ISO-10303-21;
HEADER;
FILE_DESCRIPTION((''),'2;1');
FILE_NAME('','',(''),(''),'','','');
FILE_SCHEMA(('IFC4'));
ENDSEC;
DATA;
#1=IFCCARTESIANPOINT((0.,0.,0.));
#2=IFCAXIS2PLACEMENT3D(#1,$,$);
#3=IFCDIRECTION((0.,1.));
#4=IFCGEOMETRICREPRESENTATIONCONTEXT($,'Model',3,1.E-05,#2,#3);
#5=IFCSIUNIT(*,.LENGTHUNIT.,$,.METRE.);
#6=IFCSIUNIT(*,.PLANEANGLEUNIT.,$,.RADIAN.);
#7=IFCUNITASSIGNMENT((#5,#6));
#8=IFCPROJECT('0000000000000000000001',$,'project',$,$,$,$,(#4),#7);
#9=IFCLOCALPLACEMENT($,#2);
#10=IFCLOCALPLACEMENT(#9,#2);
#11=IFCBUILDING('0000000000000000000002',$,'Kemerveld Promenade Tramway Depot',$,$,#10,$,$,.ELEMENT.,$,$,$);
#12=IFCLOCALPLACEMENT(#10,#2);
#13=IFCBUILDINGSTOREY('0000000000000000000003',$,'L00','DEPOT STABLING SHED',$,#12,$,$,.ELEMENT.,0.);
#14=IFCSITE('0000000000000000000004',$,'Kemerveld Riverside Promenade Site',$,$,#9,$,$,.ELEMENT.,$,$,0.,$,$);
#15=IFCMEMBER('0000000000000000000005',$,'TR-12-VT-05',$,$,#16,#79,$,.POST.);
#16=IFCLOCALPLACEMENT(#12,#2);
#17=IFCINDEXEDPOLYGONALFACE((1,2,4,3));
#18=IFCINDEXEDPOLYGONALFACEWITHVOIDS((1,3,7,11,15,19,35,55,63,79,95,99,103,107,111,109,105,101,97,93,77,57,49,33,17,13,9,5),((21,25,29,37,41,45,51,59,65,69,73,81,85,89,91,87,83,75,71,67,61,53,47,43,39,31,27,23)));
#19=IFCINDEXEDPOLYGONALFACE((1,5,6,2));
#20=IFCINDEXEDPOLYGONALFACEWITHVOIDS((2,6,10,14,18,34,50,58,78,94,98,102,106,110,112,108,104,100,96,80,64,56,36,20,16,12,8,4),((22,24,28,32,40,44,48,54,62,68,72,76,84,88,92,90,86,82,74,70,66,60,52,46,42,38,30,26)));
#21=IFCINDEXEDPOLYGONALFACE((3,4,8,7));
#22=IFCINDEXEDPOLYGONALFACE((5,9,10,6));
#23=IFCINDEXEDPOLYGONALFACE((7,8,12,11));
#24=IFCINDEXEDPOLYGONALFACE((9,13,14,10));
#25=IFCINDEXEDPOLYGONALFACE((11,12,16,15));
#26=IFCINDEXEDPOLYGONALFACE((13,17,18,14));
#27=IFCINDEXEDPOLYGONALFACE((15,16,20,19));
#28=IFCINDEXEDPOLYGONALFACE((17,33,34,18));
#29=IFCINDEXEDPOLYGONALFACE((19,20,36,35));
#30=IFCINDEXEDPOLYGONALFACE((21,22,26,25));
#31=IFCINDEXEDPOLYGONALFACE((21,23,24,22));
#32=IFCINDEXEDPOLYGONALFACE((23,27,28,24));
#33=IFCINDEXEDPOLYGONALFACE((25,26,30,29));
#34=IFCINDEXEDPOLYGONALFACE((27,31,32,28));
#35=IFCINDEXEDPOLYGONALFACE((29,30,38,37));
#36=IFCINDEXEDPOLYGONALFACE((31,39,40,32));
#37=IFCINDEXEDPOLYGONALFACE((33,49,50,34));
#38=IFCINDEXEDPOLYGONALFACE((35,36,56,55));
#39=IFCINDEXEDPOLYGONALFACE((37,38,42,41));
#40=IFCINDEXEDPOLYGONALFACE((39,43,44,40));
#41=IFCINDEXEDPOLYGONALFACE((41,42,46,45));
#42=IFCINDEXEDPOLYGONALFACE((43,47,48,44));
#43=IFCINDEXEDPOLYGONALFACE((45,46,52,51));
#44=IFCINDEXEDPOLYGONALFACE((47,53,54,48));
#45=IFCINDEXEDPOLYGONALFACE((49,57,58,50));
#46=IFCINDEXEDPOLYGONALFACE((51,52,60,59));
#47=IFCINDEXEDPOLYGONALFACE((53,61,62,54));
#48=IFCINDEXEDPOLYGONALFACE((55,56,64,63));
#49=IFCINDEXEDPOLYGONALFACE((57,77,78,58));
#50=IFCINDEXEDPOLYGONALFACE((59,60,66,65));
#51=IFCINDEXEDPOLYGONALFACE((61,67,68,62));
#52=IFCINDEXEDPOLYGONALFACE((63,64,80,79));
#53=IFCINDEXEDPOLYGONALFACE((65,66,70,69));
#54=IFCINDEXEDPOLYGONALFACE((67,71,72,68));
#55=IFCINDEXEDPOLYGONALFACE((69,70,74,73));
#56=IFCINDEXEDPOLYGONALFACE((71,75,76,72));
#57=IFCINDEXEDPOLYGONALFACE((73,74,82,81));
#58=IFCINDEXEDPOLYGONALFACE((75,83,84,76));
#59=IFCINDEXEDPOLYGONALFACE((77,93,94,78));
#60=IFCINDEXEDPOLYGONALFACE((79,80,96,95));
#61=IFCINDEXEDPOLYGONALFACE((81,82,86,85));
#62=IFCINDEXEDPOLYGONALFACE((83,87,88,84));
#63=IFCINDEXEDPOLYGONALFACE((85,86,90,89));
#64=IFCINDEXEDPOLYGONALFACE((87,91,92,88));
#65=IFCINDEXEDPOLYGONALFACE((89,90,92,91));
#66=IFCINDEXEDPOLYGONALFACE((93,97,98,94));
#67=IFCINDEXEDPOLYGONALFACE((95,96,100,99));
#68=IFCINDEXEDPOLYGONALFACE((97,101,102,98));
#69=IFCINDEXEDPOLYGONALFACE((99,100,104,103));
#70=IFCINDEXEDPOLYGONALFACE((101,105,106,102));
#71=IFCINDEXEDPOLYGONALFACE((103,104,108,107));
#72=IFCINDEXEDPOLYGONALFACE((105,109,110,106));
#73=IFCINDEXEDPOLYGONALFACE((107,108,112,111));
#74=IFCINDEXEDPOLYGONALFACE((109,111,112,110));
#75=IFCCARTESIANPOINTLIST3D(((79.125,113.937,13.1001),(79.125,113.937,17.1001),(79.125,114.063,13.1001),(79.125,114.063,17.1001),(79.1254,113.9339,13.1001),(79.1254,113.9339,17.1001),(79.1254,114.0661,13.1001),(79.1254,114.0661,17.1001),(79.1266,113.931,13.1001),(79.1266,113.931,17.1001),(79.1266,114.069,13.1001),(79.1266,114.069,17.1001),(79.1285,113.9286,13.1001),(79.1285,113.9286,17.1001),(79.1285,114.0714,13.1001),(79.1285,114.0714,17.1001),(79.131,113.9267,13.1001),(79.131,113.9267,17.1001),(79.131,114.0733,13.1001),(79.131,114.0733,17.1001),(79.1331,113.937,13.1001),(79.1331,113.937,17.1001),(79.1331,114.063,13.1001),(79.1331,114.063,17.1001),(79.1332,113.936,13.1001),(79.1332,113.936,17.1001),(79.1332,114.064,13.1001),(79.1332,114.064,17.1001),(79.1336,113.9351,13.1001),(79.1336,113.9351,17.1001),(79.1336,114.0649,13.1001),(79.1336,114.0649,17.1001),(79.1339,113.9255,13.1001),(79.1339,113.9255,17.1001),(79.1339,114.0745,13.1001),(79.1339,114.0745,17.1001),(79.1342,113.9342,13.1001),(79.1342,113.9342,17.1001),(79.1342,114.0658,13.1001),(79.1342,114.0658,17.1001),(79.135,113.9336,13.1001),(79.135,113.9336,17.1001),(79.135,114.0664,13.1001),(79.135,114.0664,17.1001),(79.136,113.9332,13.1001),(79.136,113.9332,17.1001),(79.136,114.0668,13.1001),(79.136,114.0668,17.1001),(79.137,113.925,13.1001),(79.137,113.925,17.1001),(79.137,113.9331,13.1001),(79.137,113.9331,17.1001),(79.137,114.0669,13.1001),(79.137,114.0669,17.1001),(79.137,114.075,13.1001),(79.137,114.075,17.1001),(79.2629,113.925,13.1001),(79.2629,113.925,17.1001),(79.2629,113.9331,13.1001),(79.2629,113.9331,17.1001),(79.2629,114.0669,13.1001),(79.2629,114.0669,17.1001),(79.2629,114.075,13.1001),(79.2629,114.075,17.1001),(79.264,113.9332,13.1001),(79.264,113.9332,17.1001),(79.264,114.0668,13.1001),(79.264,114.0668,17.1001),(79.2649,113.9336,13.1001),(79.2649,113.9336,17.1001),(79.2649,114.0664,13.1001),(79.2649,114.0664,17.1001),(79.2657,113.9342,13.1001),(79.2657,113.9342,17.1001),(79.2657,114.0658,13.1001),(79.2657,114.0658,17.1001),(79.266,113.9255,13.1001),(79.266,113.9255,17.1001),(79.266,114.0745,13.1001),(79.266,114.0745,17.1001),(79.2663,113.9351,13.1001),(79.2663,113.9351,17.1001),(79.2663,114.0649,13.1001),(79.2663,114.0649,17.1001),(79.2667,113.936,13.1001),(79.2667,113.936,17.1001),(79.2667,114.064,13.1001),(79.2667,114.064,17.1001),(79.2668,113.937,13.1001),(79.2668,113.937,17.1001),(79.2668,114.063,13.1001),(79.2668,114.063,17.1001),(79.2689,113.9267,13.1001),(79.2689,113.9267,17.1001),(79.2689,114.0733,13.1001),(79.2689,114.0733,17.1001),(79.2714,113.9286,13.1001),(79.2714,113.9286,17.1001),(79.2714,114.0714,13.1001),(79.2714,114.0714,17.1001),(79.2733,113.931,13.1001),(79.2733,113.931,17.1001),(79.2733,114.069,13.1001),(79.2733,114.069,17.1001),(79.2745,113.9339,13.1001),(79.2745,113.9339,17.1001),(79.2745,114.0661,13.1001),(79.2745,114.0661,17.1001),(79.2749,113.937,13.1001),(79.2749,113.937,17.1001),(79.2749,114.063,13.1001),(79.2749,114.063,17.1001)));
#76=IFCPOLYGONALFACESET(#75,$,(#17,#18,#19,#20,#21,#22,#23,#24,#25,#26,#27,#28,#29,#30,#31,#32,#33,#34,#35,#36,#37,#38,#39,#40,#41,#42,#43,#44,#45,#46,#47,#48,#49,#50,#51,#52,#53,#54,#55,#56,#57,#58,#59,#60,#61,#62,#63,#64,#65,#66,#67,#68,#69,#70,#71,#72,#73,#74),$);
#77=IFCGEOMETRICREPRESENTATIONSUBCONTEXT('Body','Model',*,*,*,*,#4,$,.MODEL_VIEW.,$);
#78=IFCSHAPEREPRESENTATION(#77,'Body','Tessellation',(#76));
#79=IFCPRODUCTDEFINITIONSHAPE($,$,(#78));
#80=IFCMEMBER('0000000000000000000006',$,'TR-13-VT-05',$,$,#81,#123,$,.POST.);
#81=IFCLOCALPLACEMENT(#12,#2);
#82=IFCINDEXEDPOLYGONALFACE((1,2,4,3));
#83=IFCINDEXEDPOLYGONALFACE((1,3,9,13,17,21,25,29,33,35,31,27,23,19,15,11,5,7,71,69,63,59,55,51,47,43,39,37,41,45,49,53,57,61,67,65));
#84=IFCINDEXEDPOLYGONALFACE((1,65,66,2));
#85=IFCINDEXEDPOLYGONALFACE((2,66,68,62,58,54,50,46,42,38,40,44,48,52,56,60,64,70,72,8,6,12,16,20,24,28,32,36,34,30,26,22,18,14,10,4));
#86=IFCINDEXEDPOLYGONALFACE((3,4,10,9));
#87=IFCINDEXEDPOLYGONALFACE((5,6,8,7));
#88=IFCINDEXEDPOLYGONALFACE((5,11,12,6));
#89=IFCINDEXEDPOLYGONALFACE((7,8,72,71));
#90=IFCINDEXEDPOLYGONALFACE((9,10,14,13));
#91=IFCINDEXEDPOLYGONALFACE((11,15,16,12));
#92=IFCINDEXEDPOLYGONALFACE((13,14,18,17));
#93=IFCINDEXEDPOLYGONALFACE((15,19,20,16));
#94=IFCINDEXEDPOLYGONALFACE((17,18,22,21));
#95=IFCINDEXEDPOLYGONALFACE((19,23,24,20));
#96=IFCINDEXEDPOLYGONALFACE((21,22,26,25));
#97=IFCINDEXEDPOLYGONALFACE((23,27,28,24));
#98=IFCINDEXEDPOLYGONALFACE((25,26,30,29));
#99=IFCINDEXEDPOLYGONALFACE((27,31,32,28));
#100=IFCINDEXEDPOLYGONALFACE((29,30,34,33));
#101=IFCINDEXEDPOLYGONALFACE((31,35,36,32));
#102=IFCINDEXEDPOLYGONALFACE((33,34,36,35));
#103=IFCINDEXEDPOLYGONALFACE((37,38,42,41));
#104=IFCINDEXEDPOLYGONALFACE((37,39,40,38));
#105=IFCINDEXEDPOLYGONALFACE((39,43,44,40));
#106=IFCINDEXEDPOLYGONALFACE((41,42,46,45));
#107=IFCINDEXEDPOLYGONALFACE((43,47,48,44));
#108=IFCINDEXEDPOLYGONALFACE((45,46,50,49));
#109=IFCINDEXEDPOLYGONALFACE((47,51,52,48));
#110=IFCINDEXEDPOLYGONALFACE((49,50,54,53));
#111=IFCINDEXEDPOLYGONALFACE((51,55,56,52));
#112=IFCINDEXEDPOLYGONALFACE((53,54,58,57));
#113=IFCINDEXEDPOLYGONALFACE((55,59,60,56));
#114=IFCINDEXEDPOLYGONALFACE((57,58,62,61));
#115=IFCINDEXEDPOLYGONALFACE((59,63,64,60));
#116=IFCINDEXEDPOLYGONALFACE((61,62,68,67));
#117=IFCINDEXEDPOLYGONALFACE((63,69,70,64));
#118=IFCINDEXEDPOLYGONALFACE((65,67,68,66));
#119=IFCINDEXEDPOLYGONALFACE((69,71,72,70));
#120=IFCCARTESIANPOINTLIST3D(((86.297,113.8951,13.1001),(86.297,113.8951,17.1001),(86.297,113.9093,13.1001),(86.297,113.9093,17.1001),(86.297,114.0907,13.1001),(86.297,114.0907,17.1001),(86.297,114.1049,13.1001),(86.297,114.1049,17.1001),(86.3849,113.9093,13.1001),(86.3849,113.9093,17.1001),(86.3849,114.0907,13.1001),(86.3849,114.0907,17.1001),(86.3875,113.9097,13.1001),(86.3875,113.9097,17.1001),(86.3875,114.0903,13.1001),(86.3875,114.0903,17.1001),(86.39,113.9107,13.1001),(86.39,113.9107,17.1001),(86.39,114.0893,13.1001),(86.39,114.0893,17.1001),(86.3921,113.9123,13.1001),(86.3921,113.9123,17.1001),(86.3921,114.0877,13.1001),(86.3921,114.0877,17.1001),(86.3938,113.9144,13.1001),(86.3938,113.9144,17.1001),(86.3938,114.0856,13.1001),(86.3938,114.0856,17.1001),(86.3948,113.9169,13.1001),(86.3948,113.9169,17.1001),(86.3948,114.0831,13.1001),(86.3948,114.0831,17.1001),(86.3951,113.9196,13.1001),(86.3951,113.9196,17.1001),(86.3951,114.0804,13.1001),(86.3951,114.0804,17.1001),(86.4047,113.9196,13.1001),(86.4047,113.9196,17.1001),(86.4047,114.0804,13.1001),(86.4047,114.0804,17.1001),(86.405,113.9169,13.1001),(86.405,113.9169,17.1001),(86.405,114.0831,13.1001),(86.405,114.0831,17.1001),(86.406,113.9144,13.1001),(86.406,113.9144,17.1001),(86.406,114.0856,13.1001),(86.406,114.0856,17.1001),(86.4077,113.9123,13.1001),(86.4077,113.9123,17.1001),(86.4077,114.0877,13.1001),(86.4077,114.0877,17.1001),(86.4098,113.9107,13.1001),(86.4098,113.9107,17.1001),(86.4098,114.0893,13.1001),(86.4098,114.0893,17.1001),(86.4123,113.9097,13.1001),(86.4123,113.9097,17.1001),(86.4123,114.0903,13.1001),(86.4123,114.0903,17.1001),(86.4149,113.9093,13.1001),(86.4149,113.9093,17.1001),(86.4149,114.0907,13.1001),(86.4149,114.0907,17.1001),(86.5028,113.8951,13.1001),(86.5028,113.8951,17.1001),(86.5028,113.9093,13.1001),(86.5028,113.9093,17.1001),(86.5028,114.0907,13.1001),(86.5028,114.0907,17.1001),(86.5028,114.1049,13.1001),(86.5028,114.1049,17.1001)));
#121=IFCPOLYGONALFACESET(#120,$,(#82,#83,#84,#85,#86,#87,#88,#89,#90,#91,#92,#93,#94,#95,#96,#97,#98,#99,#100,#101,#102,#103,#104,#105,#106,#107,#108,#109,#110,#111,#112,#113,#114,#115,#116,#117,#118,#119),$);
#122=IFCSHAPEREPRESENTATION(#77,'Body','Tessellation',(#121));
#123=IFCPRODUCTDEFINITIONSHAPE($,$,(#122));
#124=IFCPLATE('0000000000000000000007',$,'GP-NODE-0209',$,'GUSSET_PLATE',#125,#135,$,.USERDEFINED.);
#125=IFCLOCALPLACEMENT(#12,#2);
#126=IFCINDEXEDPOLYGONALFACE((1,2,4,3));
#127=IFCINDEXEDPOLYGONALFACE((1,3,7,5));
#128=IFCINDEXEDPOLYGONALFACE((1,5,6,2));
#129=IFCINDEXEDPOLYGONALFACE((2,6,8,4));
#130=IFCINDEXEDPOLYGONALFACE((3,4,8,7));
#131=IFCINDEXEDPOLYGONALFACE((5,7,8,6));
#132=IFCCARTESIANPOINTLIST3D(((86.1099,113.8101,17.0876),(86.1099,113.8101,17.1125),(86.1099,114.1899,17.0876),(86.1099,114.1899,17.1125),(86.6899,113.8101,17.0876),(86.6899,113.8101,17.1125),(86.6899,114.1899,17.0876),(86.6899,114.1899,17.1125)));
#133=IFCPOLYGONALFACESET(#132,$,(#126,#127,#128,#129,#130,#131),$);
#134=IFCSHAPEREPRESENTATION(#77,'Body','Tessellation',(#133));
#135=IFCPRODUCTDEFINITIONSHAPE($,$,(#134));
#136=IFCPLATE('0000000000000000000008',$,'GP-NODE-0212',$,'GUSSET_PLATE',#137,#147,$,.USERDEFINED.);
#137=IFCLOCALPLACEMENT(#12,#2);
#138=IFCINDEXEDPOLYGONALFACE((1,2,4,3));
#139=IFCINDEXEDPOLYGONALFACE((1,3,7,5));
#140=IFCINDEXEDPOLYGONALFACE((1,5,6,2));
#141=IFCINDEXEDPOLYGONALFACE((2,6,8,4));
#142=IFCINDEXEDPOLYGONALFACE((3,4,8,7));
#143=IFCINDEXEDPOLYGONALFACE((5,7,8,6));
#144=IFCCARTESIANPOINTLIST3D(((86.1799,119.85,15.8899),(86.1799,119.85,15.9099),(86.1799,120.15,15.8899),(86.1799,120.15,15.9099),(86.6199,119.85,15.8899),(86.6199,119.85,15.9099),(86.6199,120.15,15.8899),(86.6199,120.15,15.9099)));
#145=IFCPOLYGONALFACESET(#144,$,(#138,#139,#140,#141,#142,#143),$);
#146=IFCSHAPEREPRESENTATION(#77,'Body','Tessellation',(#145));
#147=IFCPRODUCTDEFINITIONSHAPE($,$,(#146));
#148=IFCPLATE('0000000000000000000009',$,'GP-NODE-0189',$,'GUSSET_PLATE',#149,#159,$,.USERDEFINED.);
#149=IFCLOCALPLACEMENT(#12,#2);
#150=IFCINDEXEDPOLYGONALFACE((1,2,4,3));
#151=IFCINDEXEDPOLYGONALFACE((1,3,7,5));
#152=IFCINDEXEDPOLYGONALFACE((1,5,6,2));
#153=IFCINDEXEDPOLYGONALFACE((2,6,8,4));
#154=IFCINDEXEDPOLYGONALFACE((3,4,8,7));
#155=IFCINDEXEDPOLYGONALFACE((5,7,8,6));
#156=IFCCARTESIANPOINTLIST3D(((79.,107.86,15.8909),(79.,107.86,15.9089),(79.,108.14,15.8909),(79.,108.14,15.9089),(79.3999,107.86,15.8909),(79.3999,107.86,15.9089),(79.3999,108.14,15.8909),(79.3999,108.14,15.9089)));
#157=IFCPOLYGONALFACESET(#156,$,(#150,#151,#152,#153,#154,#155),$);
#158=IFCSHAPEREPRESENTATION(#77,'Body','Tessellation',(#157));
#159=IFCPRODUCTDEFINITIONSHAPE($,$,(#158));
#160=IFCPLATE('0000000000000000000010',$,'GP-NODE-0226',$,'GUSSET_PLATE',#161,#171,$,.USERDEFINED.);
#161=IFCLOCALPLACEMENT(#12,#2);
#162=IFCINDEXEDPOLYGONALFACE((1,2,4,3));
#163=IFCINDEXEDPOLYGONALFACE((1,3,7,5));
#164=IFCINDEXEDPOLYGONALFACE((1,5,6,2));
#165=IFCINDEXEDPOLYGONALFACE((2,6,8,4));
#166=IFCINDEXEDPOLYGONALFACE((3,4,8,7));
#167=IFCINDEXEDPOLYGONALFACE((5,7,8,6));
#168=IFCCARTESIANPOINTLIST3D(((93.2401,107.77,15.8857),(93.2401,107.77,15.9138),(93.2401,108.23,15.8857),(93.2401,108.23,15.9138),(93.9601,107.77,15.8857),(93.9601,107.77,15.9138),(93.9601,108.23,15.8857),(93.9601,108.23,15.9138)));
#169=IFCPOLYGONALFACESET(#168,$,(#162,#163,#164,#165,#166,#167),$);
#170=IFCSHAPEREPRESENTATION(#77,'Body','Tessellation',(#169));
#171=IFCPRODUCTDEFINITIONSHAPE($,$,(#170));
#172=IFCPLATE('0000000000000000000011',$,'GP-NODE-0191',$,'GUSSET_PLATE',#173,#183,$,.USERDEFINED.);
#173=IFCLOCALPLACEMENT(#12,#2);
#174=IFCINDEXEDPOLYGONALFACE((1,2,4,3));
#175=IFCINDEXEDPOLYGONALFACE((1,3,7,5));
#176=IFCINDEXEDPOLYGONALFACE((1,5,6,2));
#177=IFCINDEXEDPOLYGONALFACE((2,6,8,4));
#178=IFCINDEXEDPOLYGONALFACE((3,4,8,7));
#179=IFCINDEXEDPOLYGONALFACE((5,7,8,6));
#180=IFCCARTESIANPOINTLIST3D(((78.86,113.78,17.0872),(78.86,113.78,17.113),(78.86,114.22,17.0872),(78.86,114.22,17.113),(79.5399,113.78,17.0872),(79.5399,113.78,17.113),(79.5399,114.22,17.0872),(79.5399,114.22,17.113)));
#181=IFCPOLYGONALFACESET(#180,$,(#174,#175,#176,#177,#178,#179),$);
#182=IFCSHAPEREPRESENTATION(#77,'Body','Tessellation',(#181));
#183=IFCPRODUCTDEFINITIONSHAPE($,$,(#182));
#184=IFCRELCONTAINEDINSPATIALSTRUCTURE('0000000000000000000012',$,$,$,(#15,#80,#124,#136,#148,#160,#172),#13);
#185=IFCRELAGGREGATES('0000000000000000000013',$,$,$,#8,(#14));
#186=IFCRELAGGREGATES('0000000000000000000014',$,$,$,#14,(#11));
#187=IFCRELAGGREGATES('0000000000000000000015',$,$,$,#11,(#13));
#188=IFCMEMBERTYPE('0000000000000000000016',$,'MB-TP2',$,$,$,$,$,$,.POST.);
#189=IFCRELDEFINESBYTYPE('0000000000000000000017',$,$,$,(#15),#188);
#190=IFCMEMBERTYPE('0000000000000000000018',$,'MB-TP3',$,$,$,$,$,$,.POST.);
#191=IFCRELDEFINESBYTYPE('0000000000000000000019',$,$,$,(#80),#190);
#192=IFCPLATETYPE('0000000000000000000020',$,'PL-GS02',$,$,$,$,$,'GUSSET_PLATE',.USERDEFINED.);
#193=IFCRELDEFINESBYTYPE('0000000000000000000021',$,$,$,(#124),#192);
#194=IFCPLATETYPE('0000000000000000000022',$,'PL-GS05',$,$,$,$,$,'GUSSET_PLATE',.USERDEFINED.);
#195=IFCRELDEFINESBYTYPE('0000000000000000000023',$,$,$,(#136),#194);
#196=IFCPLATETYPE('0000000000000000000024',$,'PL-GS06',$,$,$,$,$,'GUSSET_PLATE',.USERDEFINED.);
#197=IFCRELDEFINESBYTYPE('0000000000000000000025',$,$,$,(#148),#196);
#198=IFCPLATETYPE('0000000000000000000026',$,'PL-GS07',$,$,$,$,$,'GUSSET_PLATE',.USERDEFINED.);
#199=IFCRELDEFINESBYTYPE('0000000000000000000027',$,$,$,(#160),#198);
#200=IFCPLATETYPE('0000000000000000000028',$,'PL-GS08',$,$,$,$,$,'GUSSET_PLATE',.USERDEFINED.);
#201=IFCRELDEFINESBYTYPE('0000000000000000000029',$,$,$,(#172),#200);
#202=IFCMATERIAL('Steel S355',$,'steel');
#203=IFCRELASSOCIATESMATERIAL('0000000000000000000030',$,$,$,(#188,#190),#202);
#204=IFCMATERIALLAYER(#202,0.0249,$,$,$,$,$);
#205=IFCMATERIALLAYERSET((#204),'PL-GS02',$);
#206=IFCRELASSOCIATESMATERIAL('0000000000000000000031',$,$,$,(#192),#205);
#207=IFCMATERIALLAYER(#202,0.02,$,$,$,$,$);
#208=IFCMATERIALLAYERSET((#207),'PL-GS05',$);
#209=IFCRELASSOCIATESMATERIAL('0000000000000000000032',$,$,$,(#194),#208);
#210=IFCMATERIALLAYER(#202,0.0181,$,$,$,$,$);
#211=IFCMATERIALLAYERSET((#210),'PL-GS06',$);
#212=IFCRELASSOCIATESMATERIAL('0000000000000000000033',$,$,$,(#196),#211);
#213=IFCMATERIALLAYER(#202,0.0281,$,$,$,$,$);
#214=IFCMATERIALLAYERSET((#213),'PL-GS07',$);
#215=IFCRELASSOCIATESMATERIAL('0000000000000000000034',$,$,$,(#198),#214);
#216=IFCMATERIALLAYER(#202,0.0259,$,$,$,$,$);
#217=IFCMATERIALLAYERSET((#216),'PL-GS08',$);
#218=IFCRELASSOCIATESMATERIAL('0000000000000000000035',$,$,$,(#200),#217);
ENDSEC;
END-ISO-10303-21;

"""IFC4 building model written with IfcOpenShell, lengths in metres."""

from ifc_helpers import new_model, si_unit, direction, frame, origin, origin_2d, place, context, subcontext, project, spatial, rectangle, hollow_rectangle, i_section, extrude, material, layer, layer_set, material_profile, profile_set, type_object, element, save


model = new_model("IFC4")

# Units and contexts
model_context = context("Model", 3, precision=1e-05, world=origin(), true_north=direction((0.0, 1.0)))
body_context = subcontext(model_context, "Body", "Model", "MODEL_VIEW")
ifc_project = project(units=[si_unit("LENGTHUNIT", "METRE"), si_unit("PLANEANGLEUNIT", "RADIAN")], contexts=[model_context])

# Site, building, storey
site_placement = place(None, origin())
site = spatial("IfcSite", under=ifc_project, at=site_placement, Name="Kemerveld Riverside Promenade Site", CompositionType="ELEMENT", RefElevation=0.0)
building_placement = place(site_placement, origin())
building = spatial("IfcBuilding", under=site, at=building_placement, Name="Kemerveld Promenade Tramway Depot", CompositionType="ELEMENT")
storey_placement = place(building_placement, origin())
storey = spatial("IfcBuildingStorey", under=building, at=storey_placement, Name="L00", Description="DEPOT STABLING SHED", CompositionType="ELEMENT", Elevation=0.0)

# Members
ifc_material_1 = material(Name="Steel S355", Category="steel")
ifc_material_profile_1 = material_profile(ifc_material_1, hollow_rectangle(XDim=0.1499, YDim=0.1499, WallThickness=0.0081, InnerFilletRadius=0.0039, OuterFilletRadius=0.012, at=origin_2d()), Name="150x150x8.0 SHS")
ifc_profile_set_1 = profile_set([ifc_material_profile_1], Name="Steel S355")
member_type_1 = type_object("IfcMemberType", Name="MB-TP2", PredefinedType="POST", material=ifc_profile_set_1)
member_1_placement = place(storey_placement, frame((79.2, 114.0, 13.1001), z_axis=(0.0, 0.0, 1.0), x_axis=(1.0, 0.0, 0.0)))
element("IfcMember", 1, at=member_1_placement, inside=storey, type_object=member_type_1, Name="TR-12-VT-05", PredefinedType="POST", context=body_context, shape_type="SweptSolid", body=[
    extrude(hollow_rectangle(XDim=0.1499, YDim=0.1499, WallThickness=0.0081, InnerFilletRadius=0.0039, OuterFilletRadius=0.012, at=origin_2d()), origin(), (0.0, 0.0, 1.0), 4.0),
])
ifc_material_profile_2 = material_profile(ifc_material_1, i_section(OverallWidth=0.2058, OverallDepth=0.2097, WebThickness=0.0095, FlangeThickness=0.0142, FilletRadius=0.0103, at=origin_2d()), Name="203x203x60 UC")
ifc_profile_set_2 = profile_set([ifc_material_profile_2], Name="Steel S355")
member_type_2 = type_object("IfcMemberType", Name="MB-TP3", PredefinedType="POST", material=ifc_profile_set_2)
member_2_placement = place(storey_placement, frame((86.3999, 114.0, 13.1001), z_axis=(0.0, 0.0, 1.0), x_axis=(1.0, 0.0, 0.0)))
element("IfcMember", 2, at=member_2_placement, inside=storey, type_object=member_type_2, Name="TR-13-VT-05", PredefinedType="POST", context=body_context, shape_type="SweptSolid", body=[
    extrude(i_section(OverallWidth=0.2058, OverallDepth=0.2097, WebThickness=0.0095, FlangeThickness=0.0142, FilletRadius=0.0103, at=origin_2d()), origin(), (0.0, 0.0, 1.0), 4.0),
])

# Plates
ifc_layer_1 = layer(ifc_material_1, 0.0249)
ifc_layer_set_1 = layer_set([ifc_layer_1], Name="PL-GS02")
plate_type_1 = type_object("IfcPlateType", Name="PL-GS02", ElementType="GUSSET_PLATE", PredefinedType="USERDEFINED", material=ifc_layer_set_1)
plate_1_placement = place(storey_placement, frame((86.3999, 114.0, 17.0876), z_axis=(0.0, 0.0, 1.0), x_axis=(1.0, 0.0, 0.0)))
element("IfcPlate", 3, at=plate_1_placement, inside=storey, type_object=plate_type_1, Name="GP-NODE-0209", ObjectType="GUSSET_PLATE", PredefinedType="USERDEFINED", context=body_context, shape_type="SweptSolid", body=[
    extrude(rectangle(XDim=0.5801, YDim=0.3799, at=origin_2d()), origin(), (0.0, 0.0, 1.0), 0.0249),
])
ifc_layer_2 = layer(ifc_material_1, 0.02)
ifc_layer_set_2 = layer_set([ifc_layer_2], Name="PL-GS05")
plate_type_2 = type_object("IfcPlateType", Name="PL-GS05", ElementType="GUSSET_PLATE", PredefinedType="USERDEFINED", material=ifc_layer_set_2)
plate_2_placement = place(storey_placement, frame((86.3999, 120.0, 15.8899), z_axis=(0.0, 0.0, 1.0), x_axis=(1.0, 0.0, 0.0)))
element("IfcPlate", 4, at=plate_2_placement, inside=storey, type_object=plate_type_2, Name="GP-NODE-0212", ObjectType="GUSSET_PLATE", PredefinedType="USERDEFINED", context=body_context, shape_type="SweptSolid", body=[
    extrude(rectangle(XDim=0.4399, YDim=0.3, at=origin_2d()), origin(), (0.0, 0.0, 1.0), 0.02),
])
ifc_layer_3 = layer(ifc_material_1, 0.0181)
ifc_layer_set_3 = layer_set([ifc_layer_3], Name="PL-GS06")
plate_type_3 = type_object("IfcPlateType", Name="PL-GS06", ElementType="GUSSET_PLATE", PredefinedType="USERDEFINED", material=ifc_layer_set_3)
plate_3_placement = place(storey_placement, frame((79.2, 108.0, 15.8909), z_axis=(0.0, 0.0, 1.0), x_axis=(1.0, 0.0, 0.0)))
element("IfcPlate", 5, at=plate_3_placement, inside=storey, type_object=plate_type_3, Name="GP-NODE-0189", ObjectType="GUSSET_PLATE", PredefinedType="USERDEFINED", context=body_context, shape_type="SweptSolid", body=[
    extrude(rectangle(XDim=0.3999, YDim=0.28, at=origin_2d()), origin(), (0.0, 0.0, 1.0), 0.0181),
])
ifc_layer_4 = layer(ifc_material_1, 0.0281)
ifc_layer_set_4 = layer_set([ifc_layer_4], Name="PL-GS07")
plate_type_4 = type_object("IfcPlateType", Name="PL-GS07", ElementType="GUSSET_PLATE", PredefinedType="USERDEFINED", material=ifc_layer_set_4)
plate_4_placement = place(storey_placement, frame((93.6001, 108.0, 15.8857), z_axis=(0.0, 0.0, 1.0), x_axis=(1.0, 0.0, 0.0)))
element("IfcPlate", 6, at=plate_4_placement, inside=storey, type_object=plate_type_4, Name="GP-NODE-0226", ObjectType="GUSSET_PLATE", PredefinedType="USERDEFINED", context=body_context, shape_type="SweptSolid", body=[
    extrude(rectangle(XDim=0.72, YDim=0.46, at=origin_2d()), origin(), (0.0, 0.0, 1.0), 0.0281),
])
ifc_layer_5 = layer(ifc_material_1, 0.0259)
ifc_layer_set_5 = layer_set([ifc_layer_5], Name="PL-GS08")
plate_type_5 = type_object("IfcPlateType", Name="PL-GS08", ElementType="GUSSET_PLATE", PredefinedType="USERDEFINED", material=ifc_layer_set_5)
plate_5_placement = place(storey_placement, frame((79.2, 114.0, 17.0872), z_axis=(0.0, 0.0, 1.0), x_axis=(1.0, 0.0, 0.0)))
element("IfcPlate", 7, at=plate_5_placement, inside=storey, type_object=plate_type_5, Name="GP-NODE-0191", ObjectType="GUSSET_PLATE", PredefinedType="USERDEFINED", context=body_context, shape_type="SweptSolid", body=[
    extrude(rectangle(XDim=0.6799, YDim=0.4399, at=origin_2d()), origin(), (0.0, 0.0, 1.0), 0.0259),
])

save(model, "model.ifc")
